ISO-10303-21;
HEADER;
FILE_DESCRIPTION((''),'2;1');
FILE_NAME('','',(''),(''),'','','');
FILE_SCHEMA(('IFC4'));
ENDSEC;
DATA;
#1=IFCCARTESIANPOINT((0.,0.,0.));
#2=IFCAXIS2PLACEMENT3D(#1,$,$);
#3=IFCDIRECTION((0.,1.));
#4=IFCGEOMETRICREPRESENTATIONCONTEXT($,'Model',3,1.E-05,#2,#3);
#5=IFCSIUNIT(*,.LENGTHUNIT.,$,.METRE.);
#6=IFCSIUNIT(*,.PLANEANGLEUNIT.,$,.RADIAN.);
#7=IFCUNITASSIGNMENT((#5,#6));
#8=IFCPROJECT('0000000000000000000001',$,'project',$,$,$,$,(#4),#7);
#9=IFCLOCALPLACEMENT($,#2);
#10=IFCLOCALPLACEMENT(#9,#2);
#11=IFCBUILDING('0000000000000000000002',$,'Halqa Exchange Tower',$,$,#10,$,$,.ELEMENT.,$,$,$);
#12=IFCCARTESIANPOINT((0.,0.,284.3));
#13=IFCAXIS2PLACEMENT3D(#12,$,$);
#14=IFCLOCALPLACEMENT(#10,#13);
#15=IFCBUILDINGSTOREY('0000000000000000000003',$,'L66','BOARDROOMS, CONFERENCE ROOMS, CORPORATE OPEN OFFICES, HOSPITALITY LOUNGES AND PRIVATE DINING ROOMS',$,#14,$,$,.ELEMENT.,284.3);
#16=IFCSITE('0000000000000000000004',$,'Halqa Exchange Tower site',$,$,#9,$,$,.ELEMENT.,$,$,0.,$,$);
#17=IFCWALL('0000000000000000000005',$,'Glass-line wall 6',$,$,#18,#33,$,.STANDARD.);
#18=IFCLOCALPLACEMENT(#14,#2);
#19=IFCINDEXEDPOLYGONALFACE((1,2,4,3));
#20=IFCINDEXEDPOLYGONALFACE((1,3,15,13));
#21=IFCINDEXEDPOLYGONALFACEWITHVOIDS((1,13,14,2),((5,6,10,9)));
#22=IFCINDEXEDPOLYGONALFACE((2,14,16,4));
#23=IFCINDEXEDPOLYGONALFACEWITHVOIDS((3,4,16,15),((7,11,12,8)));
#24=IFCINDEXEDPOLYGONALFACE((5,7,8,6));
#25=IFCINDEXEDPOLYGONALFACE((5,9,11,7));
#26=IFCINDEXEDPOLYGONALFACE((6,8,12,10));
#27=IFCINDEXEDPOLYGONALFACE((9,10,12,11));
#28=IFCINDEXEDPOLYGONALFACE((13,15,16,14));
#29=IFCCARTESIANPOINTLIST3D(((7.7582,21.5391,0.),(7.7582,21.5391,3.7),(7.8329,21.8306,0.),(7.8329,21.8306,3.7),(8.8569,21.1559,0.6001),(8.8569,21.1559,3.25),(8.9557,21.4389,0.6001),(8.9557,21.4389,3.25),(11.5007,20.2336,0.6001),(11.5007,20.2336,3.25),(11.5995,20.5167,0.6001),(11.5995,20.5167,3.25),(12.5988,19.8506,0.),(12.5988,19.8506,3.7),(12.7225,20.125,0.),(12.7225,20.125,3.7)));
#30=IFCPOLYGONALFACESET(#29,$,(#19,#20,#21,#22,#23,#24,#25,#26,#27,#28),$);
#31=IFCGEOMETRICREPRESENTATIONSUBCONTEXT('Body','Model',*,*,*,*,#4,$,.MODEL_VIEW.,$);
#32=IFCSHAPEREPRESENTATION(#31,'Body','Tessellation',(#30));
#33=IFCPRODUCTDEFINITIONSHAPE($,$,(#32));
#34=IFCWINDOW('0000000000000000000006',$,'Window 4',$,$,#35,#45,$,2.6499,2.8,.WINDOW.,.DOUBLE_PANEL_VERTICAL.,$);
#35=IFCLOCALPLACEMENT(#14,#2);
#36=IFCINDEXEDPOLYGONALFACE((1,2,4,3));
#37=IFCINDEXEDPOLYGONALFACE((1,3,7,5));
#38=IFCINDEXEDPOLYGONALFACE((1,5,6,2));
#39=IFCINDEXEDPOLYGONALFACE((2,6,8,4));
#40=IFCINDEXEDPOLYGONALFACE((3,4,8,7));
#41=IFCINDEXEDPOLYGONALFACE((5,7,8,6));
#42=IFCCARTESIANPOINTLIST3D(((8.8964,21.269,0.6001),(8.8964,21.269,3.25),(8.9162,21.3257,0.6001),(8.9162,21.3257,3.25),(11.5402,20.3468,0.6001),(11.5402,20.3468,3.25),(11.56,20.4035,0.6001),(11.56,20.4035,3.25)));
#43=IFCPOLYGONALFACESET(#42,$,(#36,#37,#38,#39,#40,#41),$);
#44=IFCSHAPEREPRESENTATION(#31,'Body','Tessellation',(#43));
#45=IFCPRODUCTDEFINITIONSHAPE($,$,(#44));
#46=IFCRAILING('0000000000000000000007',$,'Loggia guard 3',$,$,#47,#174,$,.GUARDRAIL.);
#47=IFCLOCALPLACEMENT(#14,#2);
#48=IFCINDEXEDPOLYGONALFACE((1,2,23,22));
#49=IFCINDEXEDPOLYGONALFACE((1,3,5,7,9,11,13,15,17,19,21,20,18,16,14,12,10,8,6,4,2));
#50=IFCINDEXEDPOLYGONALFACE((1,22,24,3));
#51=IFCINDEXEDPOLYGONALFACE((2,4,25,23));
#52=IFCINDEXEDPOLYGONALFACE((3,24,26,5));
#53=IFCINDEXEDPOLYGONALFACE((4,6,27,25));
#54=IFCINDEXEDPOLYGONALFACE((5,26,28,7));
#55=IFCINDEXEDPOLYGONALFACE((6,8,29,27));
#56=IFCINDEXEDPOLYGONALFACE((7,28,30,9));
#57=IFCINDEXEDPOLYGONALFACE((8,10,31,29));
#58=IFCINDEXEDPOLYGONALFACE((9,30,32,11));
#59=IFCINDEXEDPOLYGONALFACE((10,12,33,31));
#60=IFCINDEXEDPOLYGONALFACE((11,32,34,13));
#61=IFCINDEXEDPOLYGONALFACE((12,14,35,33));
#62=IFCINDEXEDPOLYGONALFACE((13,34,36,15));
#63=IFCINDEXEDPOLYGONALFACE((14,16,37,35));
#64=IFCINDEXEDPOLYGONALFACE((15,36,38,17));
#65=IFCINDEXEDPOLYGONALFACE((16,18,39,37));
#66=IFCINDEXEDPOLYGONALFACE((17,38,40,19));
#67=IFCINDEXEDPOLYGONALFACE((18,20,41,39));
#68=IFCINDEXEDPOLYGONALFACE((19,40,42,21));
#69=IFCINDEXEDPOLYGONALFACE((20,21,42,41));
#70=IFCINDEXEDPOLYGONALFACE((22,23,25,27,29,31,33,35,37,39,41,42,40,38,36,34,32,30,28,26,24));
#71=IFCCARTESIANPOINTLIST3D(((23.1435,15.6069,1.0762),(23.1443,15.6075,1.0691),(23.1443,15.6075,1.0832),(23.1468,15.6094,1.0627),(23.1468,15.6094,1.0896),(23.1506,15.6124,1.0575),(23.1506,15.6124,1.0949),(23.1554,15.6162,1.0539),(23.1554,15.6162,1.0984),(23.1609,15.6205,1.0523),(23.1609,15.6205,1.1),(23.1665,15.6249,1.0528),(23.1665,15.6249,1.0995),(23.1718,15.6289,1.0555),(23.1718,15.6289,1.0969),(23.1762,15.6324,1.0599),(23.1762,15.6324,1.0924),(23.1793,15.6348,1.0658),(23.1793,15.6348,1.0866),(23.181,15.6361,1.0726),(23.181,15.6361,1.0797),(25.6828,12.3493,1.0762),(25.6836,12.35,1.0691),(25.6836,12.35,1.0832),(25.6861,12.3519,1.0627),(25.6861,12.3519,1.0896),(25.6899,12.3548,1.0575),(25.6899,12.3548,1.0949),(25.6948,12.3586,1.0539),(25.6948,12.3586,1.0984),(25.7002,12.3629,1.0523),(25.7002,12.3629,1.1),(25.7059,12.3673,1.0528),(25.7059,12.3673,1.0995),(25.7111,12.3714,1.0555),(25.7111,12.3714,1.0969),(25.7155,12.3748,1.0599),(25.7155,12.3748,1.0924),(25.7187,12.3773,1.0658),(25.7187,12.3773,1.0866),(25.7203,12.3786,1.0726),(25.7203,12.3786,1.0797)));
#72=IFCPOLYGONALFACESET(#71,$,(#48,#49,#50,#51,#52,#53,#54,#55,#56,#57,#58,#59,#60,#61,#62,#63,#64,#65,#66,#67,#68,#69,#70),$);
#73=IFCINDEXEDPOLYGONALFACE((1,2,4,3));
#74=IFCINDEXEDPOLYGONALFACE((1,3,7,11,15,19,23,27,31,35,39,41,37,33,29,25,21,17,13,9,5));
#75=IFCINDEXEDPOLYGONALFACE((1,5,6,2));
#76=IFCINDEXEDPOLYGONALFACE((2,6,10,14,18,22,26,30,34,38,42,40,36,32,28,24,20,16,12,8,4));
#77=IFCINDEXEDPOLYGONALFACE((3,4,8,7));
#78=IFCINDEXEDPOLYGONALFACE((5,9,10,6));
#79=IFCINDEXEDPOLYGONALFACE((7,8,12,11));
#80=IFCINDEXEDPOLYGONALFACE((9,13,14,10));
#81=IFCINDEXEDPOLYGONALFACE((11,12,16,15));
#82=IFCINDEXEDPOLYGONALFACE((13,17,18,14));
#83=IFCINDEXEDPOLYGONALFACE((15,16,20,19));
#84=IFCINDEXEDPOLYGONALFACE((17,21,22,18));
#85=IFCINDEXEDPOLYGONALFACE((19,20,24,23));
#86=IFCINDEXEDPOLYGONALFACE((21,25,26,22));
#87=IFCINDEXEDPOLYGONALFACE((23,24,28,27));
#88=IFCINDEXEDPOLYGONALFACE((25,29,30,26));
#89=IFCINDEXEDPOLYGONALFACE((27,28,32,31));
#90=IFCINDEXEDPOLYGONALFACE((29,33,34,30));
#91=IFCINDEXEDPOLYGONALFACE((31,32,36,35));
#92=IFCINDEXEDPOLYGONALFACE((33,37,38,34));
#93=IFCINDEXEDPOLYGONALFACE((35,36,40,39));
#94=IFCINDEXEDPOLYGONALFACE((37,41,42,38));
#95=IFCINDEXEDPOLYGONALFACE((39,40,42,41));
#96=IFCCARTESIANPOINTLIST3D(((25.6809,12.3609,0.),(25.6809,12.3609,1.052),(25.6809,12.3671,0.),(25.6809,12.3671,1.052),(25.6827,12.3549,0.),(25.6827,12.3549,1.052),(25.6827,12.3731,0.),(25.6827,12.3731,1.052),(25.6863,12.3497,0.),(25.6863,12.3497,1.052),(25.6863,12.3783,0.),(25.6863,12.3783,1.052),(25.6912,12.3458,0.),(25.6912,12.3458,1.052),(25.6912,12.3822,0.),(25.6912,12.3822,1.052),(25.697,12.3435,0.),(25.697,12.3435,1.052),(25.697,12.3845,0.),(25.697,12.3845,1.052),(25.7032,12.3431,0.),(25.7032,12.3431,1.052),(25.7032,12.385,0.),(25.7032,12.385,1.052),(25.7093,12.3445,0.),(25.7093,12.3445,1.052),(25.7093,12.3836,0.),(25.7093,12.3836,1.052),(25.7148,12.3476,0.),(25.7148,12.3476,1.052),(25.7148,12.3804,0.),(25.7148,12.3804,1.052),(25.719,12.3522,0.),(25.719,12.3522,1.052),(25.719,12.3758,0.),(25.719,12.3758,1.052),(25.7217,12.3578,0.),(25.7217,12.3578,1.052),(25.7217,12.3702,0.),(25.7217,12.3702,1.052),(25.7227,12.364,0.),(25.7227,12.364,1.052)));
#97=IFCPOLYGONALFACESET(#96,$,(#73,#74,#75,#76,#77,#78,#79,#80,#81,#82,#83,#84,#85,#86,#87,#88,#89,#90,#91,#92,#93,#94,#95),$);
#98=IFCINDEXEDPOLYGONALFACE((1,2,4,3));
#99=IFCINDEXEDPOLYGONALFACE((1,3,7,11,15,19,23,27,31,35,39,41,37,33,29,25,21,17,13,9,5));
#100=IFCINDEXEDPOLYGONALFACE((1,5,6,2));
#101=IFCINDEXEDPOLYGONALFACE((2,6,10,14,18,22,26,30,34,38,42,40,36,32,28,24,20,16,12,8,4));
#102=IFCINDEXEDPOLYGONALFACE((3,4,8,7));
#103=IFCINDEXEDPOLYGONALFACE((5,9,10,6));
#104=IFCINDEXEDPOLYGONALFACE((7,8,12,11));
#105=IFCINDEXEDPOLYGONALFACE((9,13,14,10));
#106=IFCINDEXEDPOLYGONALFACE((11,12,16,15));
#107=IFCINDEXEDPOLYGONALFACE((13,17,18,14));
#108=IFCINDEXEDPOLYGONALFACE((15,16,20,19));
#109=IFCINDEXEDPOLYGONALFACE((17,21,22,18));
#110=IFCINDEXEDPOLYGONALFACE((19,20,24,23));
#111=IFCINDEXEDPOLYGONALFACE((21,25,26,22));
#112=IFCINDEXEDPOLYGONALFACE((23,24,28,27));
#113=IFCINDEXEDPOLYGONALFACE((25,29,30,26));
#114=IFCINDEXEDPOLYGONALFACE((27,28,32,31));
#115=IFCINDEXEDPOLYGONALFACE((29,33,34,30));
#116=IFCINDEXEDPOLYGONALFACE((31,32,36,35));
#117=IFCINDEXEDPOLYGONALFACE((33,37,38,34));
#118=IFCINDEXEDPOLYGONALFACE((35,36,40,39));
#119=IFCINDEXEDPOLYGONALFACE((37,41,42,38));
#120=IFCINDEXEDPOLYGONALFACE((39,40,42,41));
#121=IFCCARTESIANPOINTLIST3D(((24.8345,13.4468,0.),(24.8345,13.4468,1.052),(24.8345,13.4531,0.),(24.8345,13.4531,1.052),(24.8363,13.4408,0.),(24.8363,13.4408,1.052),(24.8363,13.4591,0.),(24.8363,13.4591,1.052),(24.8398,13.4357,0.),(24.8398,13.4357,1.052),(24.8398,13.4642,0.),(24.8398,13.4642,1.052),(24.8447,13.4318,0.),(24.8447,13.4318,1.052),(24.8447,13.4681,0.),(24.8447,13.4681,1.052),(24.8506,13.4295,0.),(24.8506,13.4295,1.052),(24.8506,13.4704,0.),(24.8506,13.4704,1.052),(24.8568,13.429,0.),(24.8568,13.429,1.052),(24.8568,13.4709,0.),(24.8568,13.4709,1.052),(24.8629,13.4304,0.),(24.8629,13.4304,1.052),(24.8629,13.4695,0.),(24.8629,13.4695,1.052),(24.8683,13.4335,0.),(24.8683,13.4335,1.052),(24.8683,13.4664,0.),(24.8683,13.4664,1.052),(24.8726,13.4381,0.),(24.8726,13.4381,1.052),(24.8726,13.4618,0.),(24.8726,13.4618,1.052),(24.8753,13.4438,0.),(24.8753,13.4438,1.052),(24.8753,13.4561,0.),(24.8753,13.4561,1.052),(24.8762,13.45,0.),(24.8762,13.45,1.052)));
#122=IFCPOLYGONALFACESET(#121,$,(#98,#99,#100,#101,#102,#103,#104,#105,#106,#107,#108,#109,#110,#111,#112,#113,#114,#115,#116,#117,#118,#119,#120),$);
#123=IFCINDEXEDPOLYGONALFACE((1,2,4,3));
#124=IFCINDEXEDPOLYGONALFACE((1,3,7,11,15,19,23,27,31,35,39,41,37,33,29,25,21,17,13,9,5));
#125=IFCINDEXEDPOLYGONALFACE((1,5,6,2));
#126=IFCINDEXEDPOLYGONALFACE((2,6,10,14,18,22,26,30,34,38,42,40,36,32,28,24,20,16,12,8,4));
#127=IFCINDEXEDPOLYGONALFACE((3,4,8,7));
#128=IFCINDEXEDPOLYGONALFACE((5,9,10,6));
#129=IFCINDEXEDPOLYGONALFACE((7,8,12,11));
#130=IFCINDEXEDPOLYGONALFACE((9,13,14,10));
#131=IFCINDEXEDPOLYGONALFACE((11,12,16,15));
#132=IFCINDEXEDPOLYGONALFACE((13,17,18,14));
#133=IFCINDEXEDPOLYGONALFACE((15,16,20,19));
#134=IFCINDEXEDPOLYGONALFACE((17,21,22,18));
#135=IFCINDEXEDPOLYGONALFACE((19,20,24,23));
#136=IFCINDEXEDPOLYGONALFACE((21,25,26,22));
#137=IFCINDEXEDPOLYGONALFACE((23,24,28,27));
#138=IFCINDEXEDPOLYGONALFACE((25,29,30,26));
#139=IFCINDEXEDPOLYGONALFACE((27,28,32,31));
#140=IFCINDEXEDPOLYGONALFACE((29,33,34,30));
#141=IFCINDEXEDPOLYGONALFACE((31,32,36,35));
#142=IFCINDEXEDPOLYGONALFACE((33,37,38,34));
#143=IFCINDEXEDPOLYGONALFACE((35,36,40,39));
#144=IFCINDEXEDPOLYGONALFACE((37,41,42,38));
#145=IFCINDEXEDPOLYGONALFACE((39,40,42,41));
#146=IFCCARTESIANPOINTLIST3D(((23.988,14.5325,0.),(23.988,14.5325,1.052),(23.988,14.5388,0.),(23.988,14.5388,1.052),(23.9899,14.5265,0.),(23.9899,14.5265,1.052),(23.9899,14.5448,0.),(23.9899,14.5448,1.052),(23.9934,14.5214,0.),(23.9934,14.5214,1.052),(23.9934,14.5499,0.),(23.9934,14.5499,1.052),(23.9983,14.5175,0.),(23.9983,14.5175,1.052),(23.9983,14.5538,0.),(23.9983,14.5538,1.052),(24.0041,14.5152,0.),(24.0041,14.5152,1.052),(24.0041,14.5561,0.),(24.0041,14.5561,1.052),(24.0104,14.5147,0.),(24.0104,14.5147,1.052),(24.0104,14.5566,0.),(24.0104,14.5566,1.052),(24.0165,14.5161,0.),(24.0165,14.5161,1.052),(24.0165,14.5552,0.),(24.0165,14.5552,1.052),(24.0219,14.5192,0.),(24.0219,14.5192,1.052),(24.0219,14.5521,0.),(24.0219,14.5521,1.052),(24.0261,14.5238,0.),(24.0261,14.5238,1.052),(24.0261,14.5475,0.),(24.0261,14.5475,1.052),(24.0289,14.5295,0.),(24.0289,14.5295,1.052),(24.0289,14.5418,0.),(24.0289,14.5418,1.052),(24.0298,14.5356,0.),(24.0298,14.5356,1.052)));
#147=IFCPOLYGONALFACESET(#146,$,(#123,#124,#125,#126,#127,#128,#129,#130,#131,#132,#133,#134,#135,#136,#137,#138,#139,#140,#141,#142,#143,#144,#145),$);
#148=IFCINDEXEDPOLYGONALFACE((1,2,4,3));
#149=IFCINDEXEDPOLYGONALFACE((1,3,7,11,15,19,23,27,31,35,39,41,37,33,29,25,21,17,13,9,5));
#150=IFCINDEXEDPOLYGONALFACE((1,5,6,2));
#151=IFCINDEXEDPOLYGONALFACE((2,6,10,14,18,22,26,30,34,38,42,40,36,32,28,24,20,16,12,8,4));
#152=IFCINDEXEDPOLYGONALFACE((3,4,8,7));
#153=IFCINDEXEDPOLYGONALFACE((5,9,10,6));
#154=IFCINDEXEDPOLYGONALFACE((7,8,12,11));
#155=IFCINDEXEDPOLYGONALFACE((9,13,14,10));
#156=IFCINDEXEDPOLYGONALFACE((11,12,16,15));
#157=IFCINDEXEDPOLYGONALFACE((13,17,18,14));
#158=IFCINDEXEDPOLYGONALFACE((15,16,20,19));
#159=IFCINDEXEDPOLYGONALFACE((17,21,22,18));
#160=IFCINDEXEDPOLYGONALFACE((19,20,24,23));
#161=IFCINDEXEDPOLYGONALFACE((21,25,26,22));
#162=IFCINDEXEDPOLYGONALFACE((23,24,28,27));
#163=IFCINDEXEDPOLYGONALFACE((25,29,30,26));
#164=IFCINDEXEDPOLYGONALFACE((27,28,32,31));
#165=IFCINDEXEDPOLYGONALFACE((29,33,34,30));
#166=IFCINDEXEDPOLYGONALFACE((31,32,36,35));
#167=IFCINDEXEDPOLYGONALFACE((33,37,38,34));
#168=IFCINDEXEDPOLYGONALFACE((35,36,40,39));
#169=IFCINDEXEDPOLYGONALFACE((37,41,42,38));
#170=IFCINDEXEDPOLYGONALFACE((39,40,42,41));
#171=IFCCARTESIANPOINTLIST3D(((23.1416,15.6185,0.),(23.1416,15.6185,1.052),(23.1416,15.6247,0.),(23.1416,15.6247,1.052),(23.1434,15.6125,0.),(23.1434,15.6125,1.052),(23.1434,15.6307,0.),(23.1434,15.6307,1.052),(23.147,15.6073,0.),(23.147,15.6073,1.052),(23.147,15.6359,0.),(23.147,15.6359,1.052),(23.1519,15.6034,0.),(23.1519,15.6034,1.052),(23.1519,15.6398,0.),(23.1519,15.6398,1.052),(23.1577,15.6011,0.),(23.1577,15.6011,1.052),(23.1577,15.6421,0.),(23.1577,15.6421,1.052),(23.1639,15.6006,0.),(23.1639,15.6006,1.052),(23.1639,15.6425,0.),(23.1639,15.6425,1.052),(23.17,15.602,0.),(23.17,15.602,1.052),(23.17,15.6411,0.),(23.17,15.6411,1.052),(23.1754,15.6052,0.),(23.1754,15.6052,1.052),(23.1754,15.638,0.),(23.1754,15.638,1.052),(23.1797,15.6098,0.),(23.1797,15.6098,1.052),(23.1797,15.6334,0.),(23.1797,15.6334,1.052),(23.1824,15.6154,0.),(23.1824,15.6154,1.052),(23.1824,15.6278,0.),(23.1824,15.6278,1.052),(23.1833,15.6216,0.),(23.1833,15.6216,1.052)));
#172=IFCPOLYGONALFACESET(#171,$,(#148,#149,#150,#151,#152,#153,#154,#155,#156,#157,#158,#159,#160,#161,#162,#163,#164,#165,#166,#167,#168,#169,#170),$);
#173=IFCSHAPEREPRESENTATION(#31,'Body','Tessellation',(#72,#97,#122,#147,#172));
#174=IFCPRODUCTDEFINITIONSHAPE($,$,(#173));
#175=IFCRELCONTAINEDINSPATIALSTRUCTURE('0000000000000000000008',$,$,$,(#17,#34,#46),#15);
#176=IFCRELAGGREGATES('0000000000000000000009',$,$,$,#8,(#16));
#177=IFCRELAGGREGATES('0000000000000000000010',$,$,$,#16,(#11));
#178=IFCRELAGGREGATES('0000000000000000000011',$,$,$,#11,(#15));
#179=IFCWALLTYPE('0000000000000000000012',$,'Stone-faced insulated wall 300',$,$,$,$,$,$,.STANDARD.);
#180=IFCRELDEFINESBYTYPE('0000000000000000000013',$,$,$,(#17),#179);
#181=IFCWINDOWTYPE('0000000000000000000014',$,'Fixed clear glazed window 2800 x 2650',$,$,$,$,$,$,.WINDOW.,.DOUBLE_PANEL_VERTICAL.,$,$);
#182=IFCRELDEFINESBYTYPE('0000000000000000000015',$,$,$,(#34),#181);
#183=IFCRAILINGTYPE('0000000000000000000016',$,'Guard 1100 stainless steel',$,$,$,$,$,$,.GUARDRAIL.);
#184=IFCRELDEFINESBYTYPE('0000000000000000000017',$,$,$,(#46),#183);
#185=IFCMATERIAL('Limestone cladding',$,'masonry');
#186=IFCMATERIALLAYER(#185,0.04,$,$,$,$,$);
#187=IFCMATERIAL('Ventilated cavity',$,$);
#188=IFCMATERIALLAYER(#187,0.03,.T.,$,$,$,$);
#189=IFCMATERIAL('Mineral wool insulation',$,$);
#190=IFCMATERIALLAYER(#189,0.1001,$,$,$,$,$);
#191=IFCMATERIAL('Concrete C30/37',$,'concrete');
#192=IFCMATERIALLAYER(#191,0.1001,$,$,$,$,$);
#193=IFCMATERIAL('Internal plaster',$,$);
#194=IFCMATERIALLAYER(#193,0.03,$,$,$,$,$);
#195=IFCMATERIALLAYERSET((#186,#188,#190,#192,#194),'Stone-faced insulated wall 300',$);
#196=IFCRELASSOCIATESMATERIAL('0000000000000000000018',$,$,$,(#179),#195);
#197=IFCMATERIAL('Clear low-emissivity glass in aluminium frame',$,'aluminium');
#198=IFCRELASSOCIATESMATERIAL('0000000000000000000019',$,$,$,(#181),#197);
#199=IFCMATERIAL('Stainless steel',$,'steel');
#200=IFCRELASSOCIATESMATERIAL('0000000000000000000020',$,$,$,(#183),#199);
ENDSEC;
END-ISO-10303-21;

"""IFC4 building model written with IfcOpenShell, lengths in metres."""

from ifc_helpers import new_model, si_unit, direction, frame, frame_2d, origin, origin_2d, place, context, subcontext, project, spatial, polyline, rectangle, circle, outline, extrude, material, layer, layer_set, type_object, element, fill, save


model = new_model("IFC4")

# Units and contexts
model_context = context("Model", 3, precision=1e-05, world=origin(), true_north=direction((0.0, 1.0)))
body_context = subcontext(model_context, "Body", "Model", "MODEL_VIEW")
ifc_project = project(units=[si_unit("LENGTHUNIT", "METRE"), si_unit("PLANEANGLEUNIT", "RADIAN")], contexts=[model_context])

# Site, building, storey
site_placement = place(None, origin())
site = spatial("IfcSite", under=ifc_project, at=site_placement, Name="Halqa Exchange Tower site", CompositionType="ELEMENT", RefElevation=0.0)
building_placement = place(site_placement, origin())
building = spatial("IfcBuilding", under=site, at=building_placement, Name="Halqa Exchange Tower", CompositionType="ELEMENT")
storey_placement = place(building_placement, frame((0.0, 0.0, 284.3)))
storey = spatial("IfcBuildingStorey", under=building, at=storey_placement, Name="L66", Description="BOARDROOMS, CONFERENCE ROOMS, CORPORATE OPEN OFFICES, HOSPITALITY LOUNGES AND PRIVATE DINING ROOMS", CompositionType="ELEMENT", Elevation=284.3)

# Shared definitions
ifc_material_1 = material(Name="Limestone cladding", Category="masonry")
ifc_layer_1 = layer(ifc_material_1, 0.04)
ifc_material_2 = material(Name="Ventilated cavity")
ifc_layer_2 = layer(ifc_material_2, 0.03, ventilated=True)
ifc_material_3 = material(Name="Mineral wool insulation")
ifc_layer_3 = layer(ifc_material_3, 0.1001)
ifc_material_4 = material(Name="Concrete C30/37", Category="concrete")
ifc_layer_4 = layer(ifc_material_4, 0.1001)
ifc_material_5 = material(Name="Internal plaster")
ifc_layer_5 = layer(ifc_material_5, 0.03)
ifc_layer_set_1 = layer_set([ifc_layer_1, ifc_layer_2, ifc_layer_3, ifc_layer_4, ifc_layer_5], Name="Stone-faced insulated wall 300")
wall_type_1 = type_object("IfcWallType", Name="Stone-faced insulated wall 300", PredefinedType="STANDARD", material=ifc_layer_set_1)
ifc_material_6 = material(Name="Clear low-emissivity glass in aluminium frame", Category="aluminium")

# Wall, opening, window
window_type = type_object("IfcWindowType", Name="Fixed clear glazed window 2800 x 2650", PartitioningType="DOUBLE_PANEL_VERTICAL", PredefinedType="WINDOW", material=ifc_material_6)
wall_1_placement = place(storey_placement, frame((12.6606, 19.9878, 0.0), z_axis=(0.0, 0.0, 1.0), x_axis=(-0.944204, 0.32936, 0.0)))
wall_1 = element("IfcWall", 1, at=wall_1_placement, inside=storey, type_object=wall_type_1, Name="Glass-line wall 6", PredefinedType="STANDARD", context=body_context, shape_type="SweptSolid", body=[
    extrude(outline(polyline([(-0.0132, -0.1499), (5.1653, -0.1499), (5.1399, 0.1499), (0.0132, 0.1499), (-0.0132, -0.1499)])), origin(), (0.0, 0.0, 1.0), 3.7),
])
opening_1_placement = place(wall_1_placement, frame((1.1763, 0.0, 0.6001)))
opening_1 = element("IfcOpeningElement", 2, at=opening_1_placement, cuts=wall_1, PredefinedType="OPENING", context=body_context, shape_type="SweptSolid", body=[
    extrude(rectangle(XDim=2.8, YDim=2.6499, at=frame_2d((1.3999, 1.325))), frame((0.0, 0.1621, 0.0), z_axis=(0.0, -1.0, 0.0), x_axis=(1.0, 0.0, 0.0)), (0.0, 0.0, 1.0), 0.324),
])
window_1_placement = place(opening_1_placement, origin())
window_1 = element("IfcWindow", 3, at=window_1_placement, inside=storey, type_object=window_type, Name="Window 4", OverallHeight=2.6499, OverallWidth=2.8, PartitioningType="DOUBLE_PANEL_VERTICAL", PredefinedType="WINDOW", context=body_context, shape_type="SweptSolid", body=[
    extrude(rectangle(XDim=2.8, YDim=2.6499, at=frame_2d((1.3999, 1.325))), frame((0.0, 0.03, 0.0), z_axis=(0.0, -1.0, 0.0), x_axis=(1.0, 0.0, 0.0)), (0.0, 0.0, 1.0), 0.0601),
])
fill(opening_1, window_1)

# Railing
ifc_material_7 = material(Name="Stainless steel", Category="steel")
railing_type = type_object("IfcRailingType", Name="Guard 1100 stainless steel", PredefinedType="GUARDRAIL", material=ifc_material_7)
railing_1_placement = place(storey_placement, frame((25.7017, 12.364, 0.0)))
element("IfcRailing", 4, at=railing_1_placement, inside=storey, type_object=railing_type, Name="Loggia guard 3", PredefinedType="GUARDRAIL", context=body_context, shape_type="SweptSolid", body=[
    extrude(circle(Radius=0.0239, at=origin_2d()), frame((0.0, 0.0, 1.0762), z_axis=(-0.614791, 0.78869, 0.0), x_axis=(-0.78869, -0.614791, 0.0)), (0.0, 0.0, 1.0), 4.1304),
    extrude(circle(Radius=0.021, at=origin_2d()), origin(), (0.0, 0.0, 1.0), 1.052),
    extrude(circle(Radius=0.021, at=origin_2d()), frame((-0.8464, 1.0859, 0.0)), (0.0, 0.0, 1.0), 1.052),
    extrude(circle(Radius=0.021, at=origin_2d()), frame((-1.6929, 2.1716, 0.0)), (0.0, 0.0, 1.0), 1.052),
    extrude(circle(Radius=0.021, at=origin_2d()), frame((-2.5393, 3.2576, 0.0)), (0.0, 0.0, 1.0), 1.052),
])

save(model, "model.ifc")
